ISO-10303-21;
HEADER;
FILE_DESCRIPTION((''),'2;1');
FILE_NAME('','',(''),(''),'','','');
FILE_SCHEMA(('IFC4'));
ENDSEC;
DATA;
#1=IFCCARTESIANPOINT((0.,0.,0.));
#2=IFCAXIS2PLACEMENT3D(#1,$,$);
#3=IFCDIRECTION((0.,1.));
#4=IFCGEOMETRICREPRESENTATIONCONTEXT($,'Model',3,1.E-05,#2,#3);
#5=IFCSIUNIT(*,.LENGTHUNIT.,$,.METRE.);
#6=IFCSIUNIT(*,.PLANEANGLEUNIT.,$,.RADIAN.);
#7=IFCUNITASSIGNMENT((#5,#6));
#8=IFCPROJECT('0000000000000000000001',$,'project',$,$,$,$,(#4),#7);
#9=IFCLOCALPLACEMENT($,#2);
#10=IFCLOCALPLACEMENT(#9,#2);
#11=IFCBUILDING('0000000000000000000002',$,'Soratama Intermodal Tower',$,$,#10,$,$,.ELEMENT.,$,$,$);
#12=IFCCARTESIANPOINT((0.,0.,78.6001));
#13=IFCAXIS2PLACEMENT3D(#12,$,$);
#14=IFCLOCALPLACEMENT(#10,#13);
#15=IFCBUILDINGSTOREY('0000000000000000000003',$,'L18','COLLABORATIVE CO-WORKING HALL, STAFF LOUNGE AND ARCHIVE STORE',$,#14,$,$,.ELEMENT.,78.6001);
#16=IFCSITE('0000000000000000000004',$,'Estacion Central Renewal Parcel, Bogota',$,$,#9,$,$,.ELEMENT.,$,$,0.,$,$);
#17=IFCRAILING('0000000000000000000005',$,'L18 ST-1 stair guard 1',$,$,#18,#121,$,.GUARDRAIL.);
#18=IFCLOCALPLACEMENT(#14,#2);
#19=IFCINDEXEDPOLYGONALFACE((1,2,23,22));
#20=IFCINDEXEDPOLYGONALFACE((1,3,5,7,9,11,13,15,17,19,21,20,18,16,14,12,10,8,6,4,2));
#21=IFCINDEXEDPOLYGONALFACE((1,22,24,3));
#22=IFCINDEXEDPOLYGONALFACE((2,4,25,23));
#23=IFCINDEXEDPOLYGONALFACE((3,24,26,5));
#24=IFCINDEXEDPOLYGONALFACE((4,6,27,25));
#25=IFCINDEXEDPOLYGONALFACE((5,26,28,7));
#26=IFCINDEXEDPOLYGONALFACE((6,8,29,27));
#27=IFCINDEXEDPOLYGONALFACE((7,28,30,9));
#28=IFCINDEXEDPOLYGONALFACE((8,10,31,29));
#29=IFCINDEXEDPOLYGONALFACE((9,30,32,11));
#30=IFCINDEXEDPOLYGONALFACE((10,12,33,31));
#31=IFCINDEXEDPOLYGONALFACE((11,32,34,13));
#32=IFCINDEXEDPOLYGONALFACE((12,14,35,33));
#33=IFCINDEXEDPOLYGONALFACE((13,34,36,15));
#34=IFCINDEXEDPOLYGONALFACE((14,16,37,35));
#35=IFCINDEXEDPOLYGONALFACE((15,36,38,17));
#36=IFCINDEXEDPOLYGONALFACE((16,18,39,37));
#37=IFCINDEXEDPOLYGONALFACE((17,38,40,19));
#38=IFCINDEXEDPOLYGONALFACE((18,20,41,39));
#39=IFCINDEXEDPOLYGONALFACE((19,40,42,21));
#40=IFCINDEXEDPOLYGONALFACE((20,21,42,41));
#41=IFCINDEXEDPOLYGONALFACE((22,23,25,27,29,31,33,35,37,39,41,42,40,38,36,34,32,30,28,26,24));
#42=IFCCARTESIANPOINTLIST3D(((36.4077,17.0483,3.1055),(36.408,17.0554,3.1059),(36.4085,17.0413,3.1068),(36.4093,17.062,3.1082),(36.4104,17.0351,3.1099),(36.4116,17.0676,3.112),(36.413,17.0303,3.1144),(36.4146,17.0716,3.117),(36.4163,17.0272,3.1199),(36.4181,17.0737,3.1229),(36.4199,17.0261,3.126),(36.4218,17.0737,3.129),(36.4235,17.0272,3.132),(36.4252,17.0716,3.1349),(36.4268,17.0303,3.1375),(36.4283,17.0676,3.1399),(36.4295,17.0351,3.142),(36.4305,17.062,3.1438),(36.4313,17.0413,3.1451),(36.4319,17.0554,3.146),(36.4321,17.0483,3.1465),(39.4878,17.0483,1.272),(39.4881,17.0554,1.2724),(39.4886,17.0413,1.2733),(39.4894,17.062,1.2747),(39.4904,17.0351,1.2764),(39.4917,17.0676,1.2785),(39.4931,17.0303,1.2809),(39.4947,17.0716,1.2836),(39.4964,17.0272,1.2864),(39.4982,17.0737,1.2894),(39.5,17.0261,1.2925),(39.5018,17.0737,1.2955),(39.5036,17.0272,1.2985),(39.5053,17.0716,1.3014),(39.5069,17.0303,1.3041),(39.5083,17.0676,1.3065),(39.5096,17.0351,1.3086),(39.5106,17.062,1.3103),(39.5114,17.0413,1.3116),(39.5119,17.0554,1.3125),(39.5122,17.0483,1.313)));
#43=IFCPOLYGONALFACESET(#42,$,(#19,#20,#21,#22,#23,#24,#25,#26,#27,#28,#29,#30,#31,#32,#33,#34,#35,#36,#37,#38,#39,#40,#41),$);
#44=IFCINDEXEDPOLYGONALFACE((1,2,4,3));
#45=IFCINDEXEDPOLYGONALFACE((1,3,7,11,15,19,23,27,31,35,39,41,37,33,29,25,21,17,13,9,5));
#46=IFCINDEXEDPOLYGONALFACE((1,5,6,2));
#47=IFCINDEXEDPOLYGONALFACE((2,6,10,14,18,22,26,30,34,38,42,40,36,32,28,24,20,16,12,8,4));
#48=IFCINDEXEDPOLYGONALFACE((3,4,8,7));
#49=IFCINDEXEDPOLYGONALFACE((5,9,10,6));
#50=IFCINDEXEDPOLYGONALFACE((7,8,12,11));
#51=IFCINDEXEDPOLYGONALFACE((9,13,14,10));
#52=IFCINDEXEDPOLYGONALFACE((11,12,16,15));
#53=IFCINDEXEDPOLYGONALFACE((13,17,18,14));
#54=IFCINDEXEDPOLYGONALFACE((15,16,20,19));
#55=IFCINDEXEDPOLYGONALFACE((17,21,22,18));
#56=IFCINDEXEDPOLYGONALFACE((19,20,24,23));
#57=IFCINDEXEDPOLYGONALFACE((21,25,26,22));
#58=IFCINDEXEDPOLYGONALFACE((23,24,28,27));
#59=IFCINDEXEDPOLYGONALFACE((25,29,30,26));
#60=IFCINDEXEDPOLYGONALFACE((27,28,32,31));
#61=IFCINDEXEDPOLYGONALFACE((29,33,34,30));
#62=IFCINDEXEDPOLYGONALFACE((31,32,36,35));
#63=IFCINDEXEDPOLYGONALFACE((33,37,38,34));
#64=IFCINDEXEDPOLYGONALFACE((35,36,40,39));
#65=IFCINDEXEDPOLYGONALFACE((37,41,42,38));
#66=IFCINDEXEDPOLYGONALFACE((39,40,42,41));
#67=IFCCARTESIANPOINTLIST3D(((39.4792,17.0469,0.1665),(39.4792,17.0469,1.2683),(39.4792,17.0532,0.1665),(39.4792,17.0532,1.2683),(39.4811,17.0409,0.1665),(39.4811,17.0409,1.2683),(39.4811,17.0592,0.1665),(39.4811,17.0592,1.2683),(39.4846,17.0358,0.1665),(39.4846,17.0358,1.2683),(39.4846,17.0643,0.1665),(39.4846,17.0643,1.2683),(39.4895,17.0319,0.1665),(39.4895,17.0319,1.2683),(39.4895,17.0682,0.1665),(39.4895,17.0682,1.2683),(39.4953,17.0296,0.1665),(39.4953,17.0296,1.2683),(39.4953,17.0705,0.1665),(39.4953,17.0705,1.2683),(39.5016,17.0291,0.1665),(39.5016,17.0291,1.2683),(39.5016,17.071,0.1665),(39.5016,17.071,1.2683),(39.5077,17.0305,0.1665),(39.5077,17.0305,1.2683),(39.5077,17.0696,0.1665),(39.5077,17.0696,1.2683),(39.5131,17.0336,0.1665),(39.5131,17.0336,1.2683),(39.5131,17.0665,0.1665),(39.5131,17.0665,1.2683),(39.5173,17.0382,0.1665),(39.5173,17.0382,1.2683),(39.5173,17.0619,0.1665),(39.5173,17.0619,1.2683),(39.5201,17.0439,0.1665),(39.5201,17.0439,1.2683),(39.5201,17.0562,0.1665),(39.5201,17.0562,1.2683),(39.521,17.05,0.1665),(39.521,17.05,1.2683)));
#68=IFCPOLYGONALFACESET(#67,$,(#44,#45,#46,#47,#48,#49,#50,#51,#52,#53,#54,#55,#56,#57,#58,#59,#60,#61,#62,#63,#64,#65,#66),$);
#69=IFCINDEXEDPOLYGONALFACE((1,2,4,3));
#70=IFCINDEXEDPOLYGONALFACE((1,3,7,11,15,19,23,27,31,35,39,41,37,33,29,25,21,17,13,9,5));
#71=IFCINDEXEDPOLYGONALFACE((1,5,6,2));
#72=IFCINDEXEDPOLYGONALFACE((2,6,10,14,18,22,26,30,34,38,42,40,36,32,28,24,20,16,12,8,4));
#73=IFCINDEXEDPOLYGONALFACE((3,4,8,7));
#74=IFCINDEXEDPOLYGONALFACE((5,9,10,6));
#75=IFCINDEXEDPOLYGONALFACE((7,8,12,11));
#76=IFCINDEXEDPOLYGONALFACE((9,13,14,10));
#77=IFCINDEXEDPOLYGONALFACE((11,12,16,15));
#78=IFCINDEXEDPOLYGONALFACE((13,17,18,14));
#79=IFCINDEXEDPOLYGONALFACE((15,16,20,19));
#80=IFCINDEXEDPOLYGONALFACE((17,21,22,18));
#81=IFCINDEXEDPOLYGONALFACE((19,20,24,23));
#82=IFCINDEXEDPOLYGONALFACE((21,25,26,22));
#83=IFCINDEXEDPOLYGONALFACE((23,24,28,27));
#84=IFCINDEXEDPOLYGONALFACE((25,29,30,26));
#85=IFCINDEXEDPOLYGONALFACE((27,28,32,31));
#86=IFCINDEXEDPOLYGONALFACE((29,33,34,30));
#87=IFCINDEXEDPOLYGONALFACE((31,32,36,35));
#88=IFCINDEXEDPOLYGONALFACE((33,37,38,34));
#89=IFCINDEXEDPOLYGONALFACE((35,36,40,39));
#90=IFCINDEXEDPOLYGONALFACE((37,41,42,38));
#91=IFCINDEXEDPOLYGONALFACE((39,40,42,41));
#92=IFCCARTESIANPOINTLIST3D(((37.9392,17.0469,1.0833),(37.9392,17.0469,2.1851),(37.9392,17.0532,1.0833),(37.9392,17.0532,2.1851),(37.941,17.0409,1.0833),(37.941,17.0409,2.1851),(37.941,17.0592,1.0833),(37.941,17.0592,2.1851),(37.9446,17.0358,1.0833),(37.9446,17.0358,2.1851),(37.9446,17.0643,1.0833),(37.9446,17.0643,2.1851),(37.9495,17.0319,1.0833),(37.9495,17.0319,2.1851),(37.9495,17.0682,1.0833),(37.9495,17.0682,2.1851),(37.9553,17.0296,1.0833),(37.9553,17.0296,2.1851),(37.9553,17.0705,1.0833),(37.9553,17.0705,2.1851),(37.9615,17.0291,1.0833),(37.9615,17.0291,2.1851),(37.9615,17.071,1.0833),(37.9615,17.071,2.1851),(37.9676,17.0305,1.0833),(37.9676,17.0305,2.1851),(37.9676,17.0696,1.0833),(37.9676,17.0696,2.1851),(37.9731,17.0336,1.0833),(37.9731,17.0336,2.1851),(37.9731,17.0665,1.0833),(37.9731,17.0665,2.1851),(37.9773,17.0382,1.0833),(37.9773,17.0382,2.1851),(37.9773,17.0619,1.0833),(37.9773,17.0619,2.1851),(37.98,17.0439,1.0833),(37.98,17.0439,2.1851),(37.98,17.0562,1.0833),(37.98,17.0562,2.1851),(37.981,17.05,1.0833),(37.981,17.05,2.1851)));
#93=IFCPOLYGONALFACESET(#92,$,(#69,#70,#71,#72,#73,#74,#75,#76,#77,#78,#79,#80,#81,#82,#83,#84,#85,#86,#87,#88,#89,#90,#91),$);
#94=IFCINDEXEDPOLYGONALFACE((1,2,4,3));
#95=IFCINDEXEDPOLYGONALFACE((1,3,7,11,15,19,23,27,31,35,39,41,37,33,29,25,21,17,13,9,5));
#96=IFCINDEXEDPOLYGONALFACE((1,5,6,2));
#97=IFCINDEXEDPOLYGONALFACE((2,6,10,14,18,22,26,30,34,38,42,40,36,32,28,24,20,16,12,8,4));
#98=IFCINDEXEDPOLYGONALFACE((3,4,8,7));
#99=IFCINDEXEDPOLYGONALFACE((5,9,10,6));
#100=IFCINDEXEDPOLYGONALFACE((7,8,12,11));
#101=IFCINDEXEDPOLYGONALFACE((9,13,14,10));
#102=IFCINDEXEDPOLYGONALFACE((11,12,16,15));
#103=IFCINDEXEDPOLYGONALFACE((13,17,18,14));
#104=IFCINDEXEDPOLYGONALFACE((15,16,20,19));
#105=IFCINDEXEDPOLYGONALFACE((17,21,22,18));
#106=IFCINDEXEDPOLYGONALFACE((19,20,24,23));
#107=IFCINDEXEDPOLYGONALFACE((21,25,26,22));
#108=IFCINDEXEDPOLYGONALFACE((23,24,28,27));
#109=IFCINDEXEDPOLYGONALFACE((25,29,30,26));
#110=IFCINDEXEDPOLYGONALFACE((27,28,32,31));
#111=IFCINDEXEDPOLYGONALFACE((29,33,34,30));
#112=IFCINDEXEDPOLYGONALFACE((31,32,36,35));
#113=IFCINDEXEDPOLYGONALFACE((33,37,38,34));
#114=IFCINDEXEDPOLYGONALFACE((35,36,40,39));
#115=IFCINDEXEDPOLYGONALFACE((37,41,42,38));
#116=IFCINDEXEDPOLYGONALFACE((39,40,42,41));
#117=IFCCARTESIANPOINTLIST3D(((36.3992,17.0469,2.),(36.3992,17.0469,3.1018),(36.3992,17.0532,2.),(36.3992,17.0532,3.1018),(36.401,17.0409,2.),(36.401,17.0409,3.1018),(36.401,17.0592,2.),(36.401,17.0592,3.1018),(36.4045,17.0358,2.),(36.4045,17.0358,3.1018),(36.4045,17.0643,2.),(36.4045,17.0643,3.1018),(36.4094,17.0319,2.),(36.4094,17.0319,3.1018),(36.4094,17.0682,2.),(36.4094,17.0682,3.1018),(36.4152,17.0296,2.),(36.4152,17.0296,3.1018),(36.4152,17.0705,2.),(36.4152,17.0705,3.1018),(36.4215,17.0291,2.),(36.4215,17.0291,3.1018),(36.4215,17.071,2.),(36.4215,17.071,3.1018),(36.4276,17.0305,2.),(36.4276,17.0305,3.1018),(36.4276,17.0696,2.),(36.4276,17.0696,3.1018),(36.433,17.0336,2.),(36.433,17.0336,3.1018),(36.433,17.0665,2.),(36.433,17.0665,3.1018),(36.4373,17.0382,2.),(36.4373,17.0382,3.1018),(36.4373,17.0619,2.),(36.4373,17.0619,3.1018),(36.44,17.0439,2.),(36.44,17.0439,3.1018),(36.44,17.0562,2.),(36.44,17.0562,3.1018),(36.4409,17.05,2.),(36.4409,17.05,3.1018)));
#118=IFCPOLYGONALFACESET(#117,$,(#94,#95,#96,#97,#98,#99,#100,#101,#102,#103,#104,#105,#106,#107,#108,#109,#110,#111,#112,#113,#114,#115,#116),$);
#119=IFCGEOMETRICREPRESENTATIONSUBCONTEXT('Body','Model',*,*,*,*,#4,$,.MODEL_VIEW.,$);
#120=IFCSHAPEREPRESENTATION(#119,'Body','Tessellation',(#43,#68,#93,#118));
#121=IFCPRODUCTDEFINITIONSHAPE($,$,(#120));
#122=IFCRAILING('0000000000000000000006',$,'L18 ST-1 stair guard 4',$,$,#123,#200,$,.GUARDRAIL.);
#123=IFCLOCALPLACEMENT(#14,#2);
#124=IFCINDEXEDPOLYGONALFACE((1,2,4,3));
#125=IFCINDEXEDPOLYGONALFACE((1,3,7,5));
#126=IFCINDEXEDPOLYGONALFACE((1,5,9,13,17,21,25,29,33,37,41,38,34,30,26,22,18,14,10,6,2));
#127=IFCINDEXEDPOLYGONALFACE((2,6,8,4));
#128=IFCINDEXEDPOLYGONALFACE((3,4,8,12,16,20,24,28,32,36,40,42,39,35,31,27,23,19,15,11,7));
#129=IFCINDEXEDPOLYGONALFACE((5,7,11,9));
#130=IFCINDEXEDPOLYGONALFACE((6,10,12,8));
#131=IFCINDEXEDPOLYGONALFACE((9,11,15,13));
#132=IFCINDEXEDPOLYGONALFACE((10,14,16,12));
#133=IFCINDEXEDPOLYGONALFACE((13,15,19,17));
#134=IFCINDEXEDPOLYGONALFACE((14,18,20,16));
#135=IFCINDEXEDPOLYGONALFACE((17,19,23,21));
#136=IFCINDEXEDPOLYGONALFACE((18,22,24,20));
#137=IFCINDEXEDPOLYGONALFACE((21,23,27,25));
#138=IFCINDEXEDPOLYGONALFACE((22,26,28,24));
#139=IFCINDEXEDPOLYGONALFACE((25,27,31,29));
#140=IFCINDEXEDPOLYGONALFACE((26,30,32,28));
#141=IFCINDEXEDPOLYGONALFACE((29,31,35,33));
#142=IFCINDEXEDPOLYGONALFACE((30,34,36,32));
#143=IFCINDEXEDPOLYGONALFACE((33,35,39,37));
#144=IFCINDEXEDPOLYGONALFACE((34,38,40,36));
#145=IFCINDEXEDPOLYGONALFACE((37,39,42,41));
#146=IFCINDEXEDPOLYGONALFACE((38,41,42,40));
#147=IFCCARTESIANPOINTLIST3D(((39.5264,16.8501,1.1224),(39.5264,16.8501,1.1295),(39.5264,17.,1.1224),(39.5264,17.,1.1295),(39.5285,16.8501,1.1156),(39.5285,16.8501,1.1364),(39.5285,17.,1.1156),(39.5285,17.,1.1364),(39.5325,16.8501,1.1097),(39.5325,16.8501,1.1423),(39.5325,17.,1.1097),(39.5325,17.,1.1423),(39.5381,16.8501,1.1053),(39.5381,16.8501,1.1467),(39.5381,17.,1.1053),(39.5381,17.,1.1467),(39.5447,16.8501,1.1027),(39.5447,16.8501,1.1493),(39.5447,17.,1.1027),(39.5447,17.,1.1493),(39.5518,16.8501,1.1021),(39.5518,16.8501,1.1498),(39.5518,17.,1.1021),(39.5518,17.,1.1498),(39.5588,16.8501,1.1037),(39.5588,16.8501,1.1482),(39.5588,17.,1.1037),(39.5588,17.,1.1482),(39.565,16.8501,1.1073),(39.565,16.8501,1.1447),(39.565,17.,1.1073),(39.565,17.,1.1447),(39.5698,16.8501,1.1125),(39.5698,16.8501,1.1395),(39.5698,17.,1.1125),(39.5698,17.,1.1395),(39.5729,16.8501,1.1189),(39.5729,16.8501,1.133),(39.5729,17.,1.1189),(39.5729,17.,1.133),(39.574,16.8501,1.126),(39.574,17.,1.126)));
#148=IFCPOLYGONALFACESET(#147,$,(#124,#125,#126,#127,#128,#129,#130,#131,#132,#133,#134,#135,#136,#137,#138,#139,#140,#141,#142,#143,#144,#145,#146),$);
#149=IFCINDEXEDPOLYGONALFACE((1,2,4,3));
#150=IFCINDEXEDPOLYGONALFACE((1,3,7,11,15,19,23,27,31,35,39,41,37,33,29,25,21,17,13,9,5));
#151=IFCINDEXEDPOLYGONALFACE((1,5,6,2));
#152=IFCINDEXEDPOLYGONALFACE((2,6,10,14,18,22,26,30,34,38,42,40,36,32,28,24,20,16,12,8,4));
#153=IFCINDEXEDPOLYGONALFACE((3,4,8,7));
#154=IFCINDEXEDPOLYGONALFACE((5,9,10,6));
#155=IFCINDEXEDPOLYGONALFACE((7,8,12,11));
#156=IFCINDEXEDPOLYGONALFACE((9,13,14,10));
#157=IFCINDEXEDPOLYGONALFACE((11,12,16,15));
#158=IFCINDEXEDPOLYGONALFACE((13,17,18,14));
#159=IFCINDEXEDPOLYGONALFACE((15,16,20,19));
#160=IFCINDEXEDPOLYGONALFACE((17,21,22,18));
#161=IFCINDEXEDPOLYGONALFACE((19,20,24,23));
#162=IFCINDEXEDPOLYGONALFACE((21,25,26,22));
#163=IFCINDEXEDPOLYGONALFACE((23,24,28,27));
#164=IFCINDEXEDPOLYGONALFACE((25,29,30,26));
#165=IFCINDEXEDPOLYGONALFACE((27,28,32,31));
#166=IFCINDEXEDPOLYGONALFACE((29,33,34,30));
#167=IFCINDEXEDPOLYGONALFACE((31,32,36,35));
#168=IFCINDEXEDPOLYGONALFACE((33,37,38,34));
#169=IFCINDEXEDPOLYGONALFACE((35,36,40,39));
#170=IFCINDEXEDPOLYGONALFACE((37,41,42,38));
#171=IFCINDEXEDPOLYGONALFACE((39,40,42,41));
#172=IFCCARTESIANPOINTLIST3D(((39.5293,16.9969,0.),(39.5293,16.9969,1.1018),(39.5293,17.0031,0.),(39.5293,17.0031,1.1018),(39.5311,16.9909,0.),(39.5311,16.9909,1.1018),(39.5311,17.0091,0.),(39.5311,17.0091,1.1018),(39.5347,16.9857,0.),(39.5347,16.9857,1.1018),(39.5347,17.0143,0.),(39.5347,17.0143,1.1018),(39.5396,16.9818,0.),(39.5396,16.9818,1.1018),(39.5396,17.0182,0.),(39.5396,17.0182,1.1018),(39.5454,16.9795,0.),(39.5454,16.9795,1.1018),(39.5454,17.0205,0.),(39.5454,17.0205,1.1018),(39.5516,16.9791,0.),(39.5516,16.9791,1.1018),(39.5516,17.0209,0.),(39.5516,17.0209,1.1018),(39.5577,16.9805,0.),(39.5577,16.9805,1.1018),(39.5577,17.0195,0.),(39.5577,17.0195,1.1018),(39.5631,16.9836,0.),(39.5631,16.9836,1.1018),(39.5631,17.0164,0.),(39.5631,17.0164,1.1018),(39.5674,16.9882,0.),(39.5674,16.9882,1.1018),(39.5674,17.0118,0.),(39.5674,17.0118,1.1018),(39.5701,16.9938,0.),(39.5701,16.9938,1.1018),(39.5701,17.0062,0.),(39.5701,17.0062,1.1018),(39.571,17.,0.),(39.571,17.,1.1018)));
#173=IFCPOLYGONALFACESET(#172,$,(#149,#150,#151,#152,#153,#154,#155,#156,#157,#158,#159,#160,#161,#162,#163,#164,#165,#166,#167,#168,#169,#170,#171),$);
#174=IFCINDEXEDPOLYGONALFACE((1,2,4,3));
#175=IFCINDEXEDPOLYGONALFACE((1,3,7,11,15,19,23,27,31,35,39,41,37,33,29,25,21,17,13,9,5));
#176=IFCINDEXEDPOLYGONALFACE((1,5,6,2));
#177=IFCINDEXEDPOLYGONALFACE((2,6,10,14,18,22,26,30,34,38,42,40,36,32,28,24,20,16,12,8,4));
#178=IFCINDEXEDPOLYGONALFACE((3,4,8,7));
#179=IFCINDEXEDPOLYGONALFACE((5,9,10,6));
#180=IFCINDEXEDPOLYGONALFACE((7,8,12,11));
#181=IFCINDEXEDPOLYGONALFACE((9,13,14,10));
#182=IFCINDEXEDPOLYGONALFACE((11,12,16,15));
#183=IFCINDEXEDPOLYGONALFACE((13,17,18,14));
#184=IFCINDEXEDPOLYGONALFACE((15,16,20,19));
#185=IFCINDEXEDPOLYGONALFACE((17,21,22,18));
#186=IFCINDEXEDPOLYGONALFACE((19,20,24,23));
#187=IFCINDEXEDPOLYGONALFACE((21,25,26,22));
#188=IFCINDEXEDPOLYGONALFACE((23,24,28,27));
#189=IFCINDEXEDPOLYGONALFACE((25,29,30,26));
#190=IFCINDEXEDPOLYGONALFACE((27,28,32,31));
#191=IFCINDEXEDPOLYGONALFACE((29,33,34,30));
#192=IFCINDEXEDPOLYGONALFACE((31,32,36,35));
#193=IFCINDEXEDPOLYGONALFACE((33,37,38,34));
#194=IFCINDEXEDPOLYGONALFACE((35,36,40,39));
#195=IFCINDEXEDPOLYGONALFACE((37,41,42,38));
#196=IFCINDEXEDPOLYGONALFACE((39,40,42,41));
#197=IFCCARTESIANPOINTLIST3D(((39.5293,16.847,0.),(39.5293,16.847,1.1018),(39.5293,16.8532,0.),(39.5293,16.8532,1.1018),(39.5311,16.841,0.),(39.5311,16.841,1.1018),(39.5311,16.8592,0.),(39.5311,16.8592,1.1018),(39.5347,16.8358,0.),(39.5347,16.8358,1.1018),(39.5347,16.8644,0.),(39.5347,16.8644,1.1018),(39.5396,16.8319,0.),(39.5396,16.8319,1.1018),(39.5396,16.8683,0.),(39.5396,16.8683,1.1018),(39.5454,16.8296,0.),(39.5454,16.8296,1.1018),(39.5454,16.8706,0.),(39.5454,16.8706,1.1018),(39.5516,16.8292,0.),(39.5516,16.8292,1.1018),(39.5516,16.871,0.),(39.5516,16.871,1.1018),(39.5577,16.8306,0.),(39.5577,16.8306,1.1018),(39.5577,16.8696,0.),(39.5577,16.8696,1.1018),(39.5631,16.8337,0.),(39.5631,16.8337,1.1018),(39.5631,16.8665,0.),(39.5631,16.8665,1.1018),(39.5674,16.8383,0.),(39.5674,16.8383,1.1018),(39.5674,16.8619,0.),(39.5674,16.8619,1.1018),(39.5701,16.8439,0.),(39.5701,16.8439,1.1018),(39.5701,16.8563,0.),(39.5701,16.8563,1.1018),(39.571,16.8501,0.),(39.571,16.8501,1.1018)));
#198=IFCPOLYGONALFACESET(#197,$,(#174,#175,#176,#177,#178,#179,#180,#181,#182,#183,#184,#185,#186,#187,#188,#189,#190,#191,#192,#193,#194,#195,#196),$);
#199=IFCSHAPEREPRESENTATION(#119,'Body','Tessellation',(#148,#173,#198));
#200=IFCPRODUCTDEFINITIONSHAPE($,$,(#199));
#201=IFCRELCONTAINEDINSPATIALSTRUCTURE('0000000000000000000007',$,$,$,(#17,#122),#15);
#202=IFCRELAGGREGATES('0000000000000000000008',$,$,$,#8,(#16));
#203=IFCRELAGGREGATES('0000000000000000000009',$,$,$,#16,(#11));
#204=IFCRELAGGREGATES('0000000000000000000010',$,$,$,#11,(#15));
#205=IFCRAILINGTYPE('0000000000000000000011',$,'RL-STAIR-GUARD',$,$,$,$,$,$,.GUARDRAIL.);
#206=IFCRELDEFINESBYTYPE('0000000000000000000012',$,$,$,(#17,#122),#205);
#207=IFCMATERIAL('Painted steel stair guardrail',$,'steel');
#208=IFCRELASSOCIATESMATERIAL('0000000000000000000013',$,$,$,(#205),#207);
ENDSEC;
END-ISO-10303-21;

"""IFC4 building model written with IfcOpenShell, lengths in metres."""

from ifc_helpers import new_model, si_unit, direction, frame, origin, origin_2d, place, context, subcontext, project, spatial, circle, extrude, material, type_object, element, save


model = new_model("IFC4")

# Units and contexts
model_context = context("Model", 3, precision=1e-05, world=origin(), true_north=direction((0.0, 1.0)))
body_context = subcontext(model_context, "Body", "Model", "MODEL_VIEW")
ifc_project = project(units=[si_unit("LENGTHUNIT", "METRE"), si_unit("PLANEANGLEUNIT", "RADIAN")], contexts=[model_context])

# Site, building, storey
site_placement = place(None, origin())
site = spatial("IfcSite", under=ifc_project, at=site_placement, Name="Estacion Central Renewal Parcel, Bogota", CompositionType="ELEMENT", RefElevation=0.0)
building_placement = place(site_placement, origin())
building = spatial("IfcBuilding", under=site, at=building_placement, Name="Soratama Intermodal Tower", CompositionType="ELEMENT")
storey_placement = place(building_placement, frame((0.0, 0.0, 78.6001)))
storey = spatial("IfcBuildingStorey", under=building, at=storey_placement, Name="L18", Description="COLLABORATIVE CO-WORKING HALL, STAFF LOUNGE AND ARCHIVE STORE", CompositionType="ELEMENT", Elevation=78.6001)

# Railings
ifc_material_1 = material(Name="Painted steel stair guardrail", Category="steel")
railing_type_1 = type_object("IfcRailingType", Name="RL-STAIR-GUARD", PredefinedType="GUARDRAIL", material=ifc_material_1)
railing_1_placement = place(storey_placement, frame((39.5, 17.05, 0.1665)))
element("IfcRailing", 1, at=railing_1_placement, inside=storey, type_object=railing_type_1, Name="L18 ST-1 stair guard 1", PredefinedType="GUARDRAIL", context=body_context, shape_type="SweptSolid", body=[
    extrude(circle(Radius=0.0239, at=origin_2d()), frame((0.0, 0.0, 1.126), z_axis=(-0.859279, 0.0, 0.511508), x_axis=(0.0, -1.0, 0.0)), (0.0, 0.0, 1.0), 3.5845),
    extrude(circle(Radius=0.021, at=origin_2d()), origin(), (0.0, 0.0, 1.0), 1.1018),
    extrude(circle(Radius=0.021, at=origin_2d()), frame((-1.54, 0.0, 0.9167)), (0.0, 0.0, 1.0), 1.1018),
    extrude(circle(Radius=0.021, at=origin_2d()), frame((-3.0801, 0.0, 1.8335)), (0.0, 0.0, 1.0), 1.1018),
])
railing_2_placement = place(storey_placement, frame((39.55, 17.0, 0.0)))
element("IfcRailing", 2, at=railing_2_placement, inside=storey, type_object=railing_type_1, Name="L18 ST-1 stair guard 4", PredefinedType="GUARDRAIL", context=body_context, shape_type="SweptSolid", body=[
    extrude(circle(Radius=0.0239, at=origin_2d()), frame((0.0, 0.0, 1.126), z_axis=(0.0, -1.0, 0.0), x_axis=(1.0, 0.0, 0.0)), (0.0, 0.0, 1.0), 0.1499),
    extrude(circle(Radius=0.021, at=origin_2d()), origin(), (0.0, 0.0, 1.0), 1.1018),
    extrude(circle(Radius=0.021, at=origin_2d()), frame((0.0, -0.1499, 0.0)), (0.0, 0.0, 1.0), 1.1018),
])

save(model, "model.ifc")
